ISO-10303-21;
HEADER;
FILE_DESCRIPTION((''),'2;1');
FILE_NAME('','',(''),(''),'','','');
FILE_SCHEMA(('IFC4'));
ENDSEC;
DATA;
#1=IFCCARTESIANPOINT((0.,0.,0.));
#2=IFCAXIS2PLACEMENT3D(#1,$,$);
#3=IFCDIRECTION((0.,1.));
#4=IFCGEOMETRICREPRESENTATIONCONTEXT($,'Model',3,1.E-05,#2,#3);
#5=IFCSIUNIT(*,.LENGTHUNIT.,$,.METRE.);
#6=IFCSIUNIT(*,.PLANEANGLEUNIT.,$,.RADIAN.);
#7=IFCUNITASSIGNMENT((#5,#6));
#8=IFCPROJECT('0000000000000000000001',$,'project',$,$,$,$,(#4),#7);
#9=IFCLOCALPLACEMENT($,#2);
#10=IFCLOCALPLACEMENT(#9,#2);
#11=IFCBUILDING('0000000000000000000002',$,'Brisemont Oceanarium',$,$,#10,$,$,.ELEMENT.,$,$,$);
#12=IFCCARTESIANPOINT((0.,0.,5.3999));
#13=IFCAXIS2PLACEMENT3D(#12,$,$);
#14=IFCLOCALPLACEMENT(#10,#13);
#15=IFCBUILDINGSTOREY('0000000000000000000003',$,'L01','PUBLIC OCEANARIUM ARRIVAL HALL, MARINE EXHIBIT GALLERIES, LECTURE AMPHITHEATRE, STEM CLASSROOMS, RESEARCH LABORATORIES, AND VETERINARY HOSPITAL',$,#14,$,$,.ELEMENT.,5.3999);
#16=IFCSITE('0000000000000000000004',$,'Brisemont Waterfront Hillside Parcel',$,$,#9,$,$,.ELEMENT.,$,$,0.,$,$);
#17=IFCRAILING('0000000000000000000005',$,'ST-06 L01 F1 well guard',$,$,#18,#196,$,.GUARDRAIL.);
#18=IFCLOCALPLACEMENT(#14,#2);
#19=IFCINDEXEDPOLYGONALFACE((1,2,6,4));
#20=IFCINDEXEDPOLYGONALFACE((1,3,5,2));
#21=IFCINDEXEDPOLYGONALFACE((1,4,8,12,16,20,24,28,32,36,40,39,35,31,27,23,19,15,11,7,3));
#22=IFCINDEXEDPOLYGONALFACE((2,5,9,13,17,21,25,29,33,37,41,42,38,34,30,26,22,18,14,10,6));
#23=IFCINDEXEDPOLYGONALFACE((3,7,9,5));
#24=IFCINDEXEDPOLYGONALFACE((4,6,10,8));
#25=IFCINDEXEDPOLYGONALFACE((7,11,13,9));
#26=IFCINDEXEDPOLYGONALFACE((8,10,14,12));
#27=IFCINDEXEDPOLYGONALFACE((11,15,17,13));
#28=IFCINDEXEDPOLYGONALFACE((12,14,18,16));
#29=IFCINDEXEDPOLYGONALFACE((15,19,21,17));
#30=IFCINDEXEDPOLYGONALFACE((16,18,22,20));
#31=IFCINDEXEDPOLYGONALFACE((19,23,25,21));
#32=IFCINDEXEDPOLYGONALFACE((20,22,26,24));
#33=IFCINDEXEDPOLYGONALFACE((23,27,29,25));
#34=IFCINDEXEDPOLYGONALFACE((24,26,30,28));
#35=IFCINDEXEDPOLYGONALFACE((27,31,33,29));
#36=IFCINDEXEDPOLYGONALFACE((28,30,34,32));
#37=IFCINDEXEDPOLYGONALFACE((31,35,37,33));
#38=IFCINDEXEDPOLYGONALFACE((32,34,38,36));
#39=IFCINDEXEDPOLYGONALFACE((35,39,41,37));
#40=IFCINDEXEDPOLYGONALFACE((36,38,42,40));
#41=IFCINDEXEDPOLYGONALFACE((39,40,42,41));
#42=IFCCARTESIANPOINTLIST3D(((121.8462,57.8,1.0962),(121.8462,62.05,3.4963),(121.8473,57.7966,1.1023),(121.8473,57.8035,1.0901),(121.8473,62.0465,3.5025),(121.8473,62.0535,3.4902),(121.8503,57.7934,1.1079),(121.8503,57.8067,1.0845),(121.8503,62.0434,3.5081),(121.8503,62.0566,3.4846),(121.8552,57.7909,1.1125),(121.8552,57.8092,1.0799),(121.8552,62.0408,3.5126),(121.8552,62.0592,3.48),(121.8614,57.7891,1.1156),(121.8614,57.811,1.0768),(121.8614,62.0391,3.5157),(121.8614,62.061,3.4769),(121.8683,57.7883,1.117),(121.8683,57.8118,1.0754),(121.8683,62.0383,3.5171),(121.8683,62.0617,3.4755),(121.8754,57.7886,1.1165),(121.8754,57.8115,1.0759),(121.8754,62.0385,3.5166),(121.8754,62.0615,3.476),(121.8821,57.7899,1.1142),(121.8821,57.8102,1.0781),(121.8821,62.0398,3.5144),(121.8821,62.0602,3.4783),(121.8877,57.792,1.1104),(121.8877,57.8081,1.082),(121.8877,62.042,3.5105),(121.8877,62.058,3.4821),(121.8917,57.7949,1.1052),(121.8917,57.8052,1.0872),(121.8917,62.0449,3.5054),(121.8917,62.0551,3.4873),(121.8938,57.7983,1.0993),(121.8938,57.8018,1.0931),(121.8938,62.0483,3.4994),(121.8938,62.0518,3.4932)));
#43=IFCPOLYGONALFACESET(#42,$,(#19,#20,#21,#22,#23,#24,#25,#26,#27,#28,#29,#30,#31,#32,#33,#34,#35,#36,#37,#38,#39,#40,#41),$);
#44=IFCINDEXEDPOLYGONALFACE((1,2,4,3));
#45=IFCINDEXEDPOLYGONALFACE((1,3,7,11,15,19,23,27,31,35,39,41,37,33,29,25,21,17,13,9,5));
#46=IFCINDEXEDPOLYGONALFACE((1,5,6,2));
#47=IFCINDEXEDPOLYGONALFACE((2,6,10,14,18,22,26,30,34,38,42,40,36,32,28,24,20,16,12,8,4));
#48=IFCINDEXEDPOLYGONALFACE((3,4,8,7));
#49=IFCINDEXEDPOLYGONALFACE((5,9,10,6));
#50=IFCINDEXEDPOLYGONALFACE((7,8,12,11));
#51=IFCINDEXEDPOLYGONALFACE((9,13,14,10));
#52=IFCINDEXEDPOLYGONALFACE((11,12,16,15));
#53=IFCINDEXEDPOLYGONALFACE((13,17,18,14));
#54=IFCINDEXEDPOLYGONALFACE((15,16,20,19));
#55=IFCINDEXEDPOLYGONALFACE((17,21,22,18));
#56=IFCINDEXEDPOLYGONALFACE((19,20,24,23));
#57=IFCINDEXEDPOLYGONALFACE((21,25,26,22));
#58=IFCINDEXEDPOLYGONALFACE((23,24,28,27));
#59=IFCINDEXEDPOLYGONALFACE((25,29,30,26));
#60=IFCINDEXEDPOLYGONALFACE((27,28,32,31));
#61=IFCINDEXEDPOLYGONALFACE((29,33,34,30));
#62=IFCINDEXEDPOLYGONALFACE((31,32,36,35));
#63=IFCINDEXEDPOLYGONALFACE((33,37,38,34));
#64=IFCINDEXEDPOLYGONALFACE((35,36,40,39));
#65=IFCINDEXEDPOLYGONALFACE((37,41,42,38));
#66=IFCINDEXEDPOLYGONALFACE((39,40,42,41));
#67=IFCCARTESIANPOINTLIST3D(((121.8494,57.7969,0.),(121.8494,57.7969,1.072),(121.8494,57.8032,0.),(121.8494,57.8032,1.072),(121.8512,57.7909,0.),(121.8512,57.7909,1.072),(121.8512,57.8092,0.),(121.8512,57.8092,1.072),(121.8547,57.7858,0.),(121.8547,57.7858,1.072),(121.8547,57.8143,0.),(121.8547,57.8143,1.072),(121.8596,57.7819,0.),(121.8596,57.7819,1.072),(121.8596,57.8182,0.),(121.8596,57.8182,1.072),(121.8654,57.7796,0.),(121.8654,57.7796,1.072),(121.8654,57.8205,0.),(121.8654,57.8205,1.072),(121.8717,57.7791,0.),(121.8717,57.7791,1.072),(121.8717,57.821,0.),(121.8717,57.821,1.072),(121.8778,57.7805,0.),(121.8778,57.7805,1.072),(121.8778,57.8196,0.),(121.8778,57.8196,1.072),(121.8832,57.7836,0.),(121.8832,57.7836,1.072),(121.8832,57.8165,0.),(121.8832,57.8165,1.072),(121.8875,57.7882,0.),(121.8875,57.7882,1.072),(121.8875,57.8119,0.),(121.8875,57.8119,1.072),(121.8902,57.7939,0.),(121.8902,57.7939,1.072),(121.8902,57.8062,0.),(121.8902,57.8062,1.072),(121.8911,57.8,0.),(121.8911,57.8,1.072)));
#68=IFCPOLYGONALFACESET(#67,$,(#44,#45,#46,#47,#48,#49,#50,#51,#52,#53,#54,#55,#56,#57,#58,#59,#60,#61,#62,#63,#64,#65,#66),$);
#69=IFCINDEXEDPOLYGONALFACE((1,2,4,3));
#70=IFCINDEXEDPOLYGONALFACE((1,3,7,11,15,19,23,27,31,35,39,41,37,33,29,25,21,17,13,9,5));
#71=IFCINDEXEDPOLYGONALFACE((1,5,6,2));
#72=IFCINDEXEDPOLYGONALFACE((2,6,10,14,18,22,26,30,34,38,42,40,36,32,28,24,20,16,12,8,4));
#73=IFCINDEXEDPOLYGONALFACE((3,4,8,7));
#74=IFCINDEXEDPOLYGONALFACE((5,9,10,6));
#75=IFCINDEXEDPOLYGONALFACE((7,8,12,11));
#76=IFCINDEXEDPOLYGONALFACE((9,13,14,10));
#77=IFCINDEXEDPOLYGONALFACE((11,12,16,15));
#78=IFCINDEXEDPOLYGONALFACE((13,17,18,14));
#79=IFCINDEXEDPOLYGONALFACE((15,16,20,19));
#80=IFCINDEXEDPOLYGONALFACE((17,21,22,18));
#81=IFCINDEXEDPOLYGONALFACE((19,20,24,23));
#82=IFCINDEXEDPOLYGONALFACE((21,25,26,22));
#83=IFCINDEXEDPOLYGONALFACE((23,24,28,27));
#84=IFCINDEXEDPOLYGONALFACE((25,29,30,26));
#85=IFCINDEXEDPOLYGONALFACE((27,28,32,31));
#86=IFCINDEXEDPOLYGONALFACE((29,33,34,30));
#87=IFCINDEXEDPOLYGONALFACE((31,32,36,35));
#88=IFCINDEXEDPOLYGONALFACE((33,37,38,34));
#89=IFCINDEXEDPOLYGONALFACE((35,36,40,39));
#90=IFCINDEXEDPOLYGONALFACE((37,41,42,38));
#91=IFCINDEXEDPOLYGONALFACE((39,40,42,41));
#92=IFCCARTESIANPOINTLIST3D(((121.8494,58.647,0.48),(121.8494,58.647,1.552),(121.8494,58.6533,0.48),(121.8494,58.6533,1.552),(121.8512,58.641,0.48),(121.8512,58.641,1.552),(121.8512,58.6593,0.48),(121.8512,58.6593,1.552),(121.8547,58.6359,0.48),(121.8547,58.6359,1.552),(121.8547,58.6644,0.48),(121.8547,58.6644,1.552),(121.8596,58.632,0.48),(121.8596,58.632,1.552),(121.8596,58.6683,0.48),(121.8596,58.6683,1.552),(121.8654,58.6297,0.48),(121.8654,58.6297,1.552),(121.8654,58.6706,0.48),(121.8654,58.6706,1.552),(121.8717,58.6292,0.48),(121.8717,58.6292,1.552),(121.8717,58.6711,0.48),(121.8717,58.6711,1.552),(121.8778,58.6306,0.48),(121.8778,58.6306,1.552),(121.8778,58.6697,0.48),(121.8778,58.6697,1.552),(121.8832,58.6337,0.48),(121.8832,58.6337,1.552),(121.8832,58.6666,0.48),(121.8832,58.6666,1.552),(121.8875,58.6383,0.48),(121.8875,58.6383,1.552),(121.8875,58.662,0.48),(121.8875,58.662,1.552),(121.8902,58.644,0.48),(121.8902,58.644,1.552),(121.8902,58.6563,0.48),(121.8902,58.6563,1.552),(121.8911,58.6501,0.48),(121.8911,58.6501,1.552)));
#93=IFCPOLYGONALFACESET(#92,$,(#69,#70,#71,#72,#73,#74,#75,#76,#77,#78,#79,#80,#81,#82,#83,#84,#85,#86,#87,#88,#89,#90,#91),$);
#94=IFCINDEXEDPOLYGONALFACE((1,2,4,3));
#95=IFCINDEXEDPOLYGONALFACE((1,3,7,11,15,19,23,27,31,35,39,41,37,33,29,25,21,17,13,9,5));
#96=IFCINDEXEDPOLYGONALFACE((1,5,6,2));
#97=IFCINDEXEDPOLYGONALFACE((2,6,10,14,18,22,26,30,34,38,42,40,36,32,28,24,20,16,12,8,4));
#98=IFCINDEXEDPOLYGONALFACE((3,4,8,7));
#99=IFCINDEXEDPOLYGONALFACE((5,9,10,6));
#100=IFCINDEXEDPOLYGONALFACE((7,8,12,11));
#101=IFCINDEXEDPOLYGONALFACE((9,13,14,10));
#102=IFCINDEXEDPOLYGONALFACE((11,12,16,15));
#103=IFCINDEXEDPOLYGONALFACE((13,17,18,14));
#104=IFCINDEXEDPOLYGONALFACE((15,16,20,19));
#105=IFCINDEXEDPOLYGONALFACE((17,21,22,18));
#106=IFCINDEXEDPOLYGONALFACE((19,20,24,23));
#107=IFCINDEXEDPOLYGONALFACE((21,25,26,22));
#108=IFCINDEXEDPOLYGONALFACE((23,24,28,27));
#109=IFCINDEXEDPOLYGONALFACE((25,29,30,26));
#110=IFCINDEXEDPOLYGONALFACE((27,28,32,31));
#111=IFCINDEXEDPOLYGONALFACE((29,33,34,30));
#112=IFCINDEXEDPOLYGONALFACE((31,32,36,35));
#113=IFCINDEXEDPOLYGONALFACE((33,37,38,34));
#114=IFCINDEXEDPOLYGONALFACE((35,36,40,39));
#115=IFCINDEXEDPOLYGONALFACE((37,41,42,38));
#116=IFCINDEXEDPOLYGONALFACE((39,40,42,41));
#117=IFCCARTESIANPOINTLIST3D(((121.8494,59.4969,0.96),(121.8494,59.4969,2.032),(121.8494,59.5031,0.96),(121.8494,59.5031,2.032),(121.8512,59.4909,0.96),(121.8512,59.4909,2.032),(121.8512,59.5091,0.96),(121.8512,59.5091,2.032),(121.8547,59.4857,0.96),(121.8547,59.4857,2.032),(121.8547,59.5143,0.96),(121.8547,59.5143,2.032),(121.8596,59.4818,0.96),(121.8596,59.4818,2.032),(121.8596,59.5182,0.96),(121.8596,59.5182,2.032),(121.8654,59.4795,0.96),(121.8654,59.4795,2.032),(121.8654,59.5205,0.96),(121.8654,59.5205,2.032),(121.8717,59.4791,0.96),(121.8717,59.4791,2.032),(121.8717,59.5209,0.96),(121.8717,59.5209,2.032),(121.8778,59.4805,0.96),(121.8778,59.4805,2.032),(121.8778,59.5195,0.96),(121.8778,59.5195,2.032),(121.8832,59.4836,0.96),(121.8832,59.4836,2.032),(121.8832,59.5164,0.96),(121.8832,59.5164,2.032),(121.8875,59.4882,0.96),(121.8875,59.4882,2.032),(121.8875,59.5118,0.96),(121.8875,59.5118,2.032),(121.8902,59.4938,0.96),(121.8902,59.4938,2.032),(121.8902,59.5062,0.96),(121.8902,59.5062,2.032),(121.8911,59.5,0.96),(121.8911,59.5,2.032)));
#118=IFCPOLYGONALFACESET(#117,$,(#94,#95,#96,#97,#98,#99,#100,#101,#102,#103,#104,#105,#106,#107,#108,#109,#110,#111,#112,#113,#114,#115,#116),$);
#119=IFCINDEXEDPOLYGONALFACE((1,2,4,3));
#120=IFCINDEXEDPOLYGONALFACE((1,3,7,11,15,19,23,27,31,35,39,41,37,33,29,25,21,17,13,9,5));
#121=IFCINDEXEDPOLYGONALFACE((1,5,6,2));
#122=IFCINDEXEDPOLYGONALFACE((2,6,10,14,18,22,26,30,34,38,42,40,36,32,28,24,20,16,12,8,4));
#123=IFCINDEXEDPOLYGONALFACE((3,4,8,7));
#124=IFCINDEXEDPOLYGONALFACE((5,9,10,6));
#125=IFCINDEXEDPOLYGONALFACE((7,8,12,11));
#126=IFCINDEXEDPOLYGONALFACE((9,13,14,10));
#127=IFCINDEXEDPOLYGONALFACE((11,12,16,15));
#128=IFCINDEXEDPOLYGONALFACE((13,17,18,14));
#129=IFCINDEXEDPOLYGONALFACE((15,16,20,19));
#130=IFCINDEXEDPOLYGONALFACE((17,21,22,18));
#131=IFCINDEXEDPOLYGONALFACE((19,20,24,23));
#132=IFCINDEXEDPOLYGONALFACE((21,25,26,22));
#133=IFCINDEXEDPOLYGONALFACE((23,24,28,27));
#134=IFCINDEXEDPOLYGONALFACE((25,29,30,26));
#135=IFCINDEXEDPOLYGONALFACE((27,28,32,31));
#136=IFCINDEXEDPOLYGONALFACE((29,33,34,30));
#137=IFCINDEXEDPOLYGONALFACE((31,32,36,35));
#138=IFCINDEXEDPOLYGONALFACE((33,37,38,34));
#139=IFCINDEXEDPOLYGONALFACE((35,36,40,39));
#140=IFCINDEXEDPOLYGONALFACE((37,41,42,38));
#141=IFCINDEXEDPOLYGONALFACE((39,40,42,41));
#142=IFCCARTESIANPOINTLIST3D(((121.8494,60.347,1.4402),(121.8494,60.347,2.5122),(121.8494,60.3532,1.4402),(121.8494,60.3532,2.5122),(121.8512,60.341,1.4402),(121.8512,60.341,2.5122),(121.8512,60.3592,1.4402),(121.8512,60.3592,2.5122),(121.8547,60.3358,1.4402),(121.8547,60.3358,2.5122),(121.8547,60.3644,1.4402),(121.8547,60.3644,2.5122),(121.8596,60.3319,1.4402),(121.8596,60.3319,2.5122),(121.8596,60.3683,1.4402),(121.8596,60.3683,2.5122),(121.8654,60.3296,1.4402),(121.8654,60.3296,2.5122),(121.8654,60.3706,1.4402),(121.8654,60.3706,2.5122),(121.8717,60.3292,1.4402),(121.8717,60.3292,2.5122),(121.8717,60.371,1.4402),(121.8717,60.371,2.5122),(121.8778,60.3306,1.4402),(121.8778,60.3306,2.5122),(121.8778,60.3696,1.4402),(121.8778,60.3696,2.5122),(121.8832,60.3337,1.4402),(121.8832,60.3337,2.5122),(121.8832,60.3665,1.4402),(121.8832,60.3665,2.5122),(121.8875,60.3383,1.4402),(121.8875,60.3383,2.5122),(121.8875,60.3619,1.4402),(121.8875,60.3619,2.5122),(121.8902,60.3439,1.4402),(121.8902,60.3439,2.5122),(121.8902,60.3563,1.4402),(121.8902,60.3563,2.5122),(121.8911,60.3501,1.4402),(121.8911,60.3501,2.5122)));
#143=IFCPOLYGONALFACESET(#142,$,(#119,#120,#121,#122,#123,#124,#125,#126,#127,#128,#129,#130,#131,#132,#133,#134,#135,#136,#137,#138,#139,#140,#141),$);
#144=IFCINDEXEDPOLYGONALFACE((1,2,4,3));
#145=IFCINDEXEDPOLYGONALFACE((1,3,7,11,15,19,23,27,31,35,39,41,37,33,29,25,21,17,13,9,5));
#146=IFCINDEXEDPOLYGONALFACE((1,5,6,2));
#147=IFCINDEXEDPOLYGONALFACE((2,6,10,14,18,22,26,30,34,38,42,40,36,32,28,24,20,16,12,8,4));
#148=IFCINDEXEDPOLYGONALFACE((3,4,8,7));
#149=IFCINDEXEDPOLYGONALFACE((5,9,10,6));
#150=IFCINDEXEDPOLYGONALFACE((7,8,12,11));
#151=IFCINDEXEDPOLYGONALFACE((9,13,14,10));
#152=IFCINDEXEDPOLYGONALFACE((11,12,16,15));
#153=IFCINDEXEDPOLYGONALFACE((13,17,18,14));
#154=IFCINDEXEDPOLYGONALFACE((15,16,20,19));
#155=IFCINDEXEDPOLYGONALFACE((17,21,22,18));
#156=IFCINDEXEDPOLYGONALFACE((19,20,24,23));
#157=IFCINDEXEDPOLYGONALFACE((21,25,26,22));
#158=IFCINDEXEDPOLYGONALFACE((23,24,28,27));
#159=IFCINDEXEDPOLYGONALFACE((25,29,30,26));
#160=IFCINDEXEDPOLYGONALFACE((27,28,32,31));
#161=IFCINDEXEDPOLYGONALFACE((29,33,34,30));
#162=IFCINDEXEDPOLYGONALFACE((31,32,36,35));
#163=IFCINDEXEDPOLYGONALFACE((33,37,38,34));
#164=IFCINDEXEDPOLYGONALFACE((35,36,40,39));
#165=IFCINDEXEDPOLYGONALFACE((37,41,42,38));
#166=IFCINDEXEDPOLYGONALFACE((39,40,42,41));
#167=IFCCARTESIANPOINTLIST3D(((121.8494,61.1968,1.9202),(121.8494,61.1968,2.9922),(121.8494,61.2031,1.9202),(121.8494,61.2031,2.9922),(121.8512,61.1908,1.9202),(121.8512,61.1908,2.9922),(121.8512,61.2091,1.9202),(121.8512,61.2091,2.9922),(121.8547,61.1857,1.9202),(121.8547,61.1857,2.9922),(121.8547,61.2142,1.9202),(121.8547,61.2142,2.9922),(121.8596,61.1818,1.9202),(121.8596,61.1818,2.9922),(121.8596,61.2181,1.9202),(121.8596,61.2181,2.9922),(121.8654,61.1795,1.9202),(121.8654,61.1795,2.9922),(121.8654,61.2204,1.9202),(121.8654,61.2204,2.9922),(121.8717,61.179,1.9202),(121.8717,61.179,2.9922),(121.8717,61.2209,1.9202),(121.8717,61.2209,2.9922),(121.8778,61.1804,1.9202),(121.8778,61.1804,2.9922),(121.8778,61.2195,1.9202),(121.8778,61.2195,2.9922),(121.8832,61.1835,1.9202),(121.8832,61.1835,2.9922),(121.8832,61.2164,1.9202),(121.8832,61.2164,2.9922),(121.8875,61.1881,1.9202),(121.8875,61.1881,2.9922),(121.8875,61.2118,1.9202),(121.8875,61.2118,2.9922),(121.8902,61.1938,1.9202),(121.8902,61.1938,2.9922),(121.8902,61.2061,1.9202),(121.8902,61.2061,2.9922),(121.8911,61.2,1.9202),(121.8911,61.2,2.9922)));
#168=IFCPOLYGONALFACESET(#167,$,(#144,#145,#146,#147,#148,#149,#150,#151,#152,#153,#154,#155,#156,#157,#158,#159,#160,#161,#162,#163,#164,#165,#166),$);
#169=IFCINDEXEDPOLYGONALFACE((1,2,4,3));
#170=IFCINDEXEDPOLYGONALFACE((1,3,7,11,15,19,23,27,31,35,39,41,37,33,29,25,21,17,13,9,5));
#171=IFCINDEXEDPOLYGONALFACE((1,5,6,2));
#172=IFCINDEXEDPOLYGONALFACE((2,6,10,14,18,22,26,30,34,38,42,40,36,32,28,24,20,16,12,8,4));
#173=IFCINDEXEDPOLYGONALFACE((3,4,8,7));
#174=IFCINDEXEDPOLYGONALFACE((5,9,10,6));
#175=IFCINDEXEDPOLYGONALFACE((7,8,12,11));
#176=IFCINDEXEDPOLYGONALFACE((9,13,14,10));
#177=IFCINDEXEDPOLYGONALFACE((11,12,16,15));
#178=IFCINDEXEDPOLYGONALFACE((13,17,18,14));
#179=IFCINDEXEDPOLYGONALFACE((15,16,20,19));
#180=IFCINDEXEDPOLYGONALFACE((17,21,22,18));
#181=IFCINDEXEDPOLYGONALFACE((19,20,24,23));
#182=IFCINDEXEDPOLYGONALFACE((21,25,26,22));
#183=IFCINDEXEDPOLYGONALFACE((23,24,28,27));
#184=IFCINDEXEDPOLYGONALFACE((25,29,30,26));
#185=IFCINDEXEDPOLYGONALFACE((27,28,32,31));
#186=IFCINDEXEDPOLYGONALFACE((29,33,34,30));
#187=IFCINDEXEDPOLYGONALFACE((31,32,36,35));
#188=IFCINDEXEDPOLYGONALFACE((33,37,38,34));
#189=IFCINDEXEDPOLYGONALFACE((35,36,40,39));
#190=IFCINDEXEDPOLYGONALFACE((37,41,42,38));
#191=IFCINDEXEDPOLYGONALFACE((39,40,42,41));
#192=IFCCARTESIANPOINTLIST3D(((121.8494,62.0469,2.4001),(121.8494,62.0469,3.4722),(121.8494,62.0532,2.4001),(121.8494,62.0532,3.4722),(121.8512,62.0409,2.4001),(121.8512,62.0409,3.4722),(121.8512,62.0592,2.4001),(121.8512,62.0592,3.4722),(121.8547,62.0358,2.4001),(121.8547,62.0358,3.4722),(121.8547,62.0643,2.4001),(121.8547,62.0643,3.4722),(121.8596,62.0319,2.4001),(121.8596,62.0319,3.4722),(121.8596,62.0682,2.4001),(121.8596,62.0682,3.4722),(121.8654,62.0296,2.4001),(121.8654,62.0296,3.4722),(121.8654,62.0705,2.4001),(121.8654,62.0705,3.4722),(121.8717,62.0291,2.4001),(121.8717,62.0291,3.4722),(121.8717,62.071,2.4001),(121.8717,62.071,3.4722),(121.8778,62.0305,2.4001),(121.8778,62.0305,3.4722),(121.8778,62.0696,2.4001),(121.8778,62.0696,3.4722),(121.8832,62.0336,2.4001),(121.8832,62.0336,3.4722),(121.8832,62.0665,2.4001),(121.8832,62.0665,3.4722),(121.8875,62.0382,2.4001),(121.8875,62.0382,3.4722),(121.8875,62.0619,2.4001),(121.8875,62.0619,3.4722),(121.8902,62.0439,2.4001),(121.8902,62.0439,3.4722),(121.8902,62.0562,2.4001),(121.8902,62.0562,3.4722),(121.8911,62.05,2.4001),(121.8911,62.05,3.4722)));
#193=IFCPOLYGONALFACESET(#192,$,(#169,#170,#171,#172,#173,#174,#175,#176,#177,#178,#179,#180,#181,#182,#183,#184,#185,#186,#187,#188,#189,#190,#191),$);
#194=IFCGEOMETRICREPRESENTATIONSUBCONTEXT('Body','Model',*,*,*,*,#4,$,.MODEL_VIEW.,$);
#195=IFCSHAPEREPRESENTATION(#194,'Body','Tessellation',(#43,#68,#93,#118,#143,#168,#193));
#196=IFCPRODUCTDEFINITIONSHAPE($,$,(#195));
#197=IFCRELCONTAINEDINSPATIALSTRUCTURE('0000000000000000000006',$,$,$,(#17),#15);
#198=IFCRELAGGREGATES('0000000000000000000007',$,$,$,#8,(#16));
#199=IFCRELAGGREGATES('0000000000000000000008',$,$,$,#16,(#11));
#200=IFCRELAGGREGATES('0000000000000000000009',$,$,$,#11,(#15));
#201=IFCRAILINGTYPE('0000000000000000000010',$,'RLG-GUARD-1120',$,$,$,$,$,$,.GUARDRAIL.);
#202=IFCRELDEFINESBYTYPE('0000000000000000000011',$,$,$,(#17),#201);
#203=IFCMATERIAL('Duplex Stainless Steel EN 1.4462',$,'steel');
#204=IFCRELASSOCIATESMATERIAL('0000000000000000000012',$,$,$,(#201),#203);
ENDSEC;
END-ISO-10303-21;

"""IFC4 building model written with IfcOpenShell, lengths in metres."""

from ifc_helpers import new_model, si_unit, direction, frame, origin, origin_2d, place, context, subcontext, project, spatial, circle, extrude, material, type_object, element, save


model = new_model("IFC4")

# Units and contexts
model_context = context("Model", 3, precision=1e-05, world=origin(), true_north=direction((0.0, 1.0)))
body_context = subcontext(model_context, "Body", "Model", "MODEL_VIEW")
ifc_project = project(units=[si_unit("LENGTHUNIT", "METRE"), si_unit("PLANEANGLEUNIT", "RADIAN")], contexts=[model_context])

# Site, building, storey
site_placement = place(None, origin())
site = spatial("IfcSite", under=ifc_project, at=site_placement, Name="Brisemont Waterfront Hillside Parcel", CompositionType="ELEMENT", RefElevation=0.0)
building_placement = place(site_placement, origin())
building = spatial("IfcBuilding", under=site, at=building_placement, Name="Brisemont Oceanarium", CompositionType="ELEMENT")
storey_placement = place(building_placement, frame((0.0, 0.0, 5.3999)))
storey = spatial("IfcBuildingStorey", under=building, at=storey_placement, Name="L01", Description="PUBLIC OCEANARIUM ARRIVAL HALL, MARINE EXHIBIT GALLERIES, LECTURE AMPHITHEATRE, STEM CLASSROOMS, RESEARCH LABORATORIES, AND VETERINARY HOSPITAL", CompositionType="ELEMENT", Elevation=5.3999)

# Railing
ifc_material_1 = material(Name="Duplex Stainless Steel EN 1.4462", Category="steel")
railing_type_1 = type_object("IfcRailingType", Name="RLG-GUARD-1120", PredefinedType="GUARDRAIL", material=ifc_material_1)
railing_1_placement = place(storey_placement, frame((121.8701, 57.8, 0.0)))
element("IfcRailing", 1, at=railing_1_placement, inside=storey, type_object=railing_type_1, Name="ST-06 L01 F1 well guard", PredefinedType="GUARDRAIL", context=body_context, shape_type="SweptSolid", body=[
    extrude(circle(Radius=0.0239, at=origin_2d()), frame((0.0, 0.0, 1.0962), z_axis=(0.0, 0.870741, 0.491742), x_axis=(-1.0, 0.0, 0.0)), (0.0, 0.0, 1.0), 4.8809),
    extrude(circle(Radius=0.021, at=origin_2d()), origin(), (0.0, 0.0, 1.0), 1.072),
    extrude(circle(Radius=0.021, at=origin_2d()), frame((0.0, 0.8501, 0.48)), (0.0, 0.0, 1.0), 1.072),
    extrude(circle(Radius=0.021, at=origin_2d()), frame((0.0, 1.7, 0.96)), (0.0, 0.0, 1.0), 1.072),
    extrude(circle(Radius=0.021, at=origin_2d()), frame((0.0, 2.55, 1.4402)), (0.0, 0.0, 1.0), 1.072),
    extrude(circle(Radius=0.021, at=origin_2d()), frame((0.0, 3.3999, 1.9202)), (0.0, 0.0, 1.0), 1.072),
    extrude(circle(Radius=0.021, at=origin_2d()), frame((0.0, 4.25, 2.4001)), (0.0, 0.0, 1.0), 1.072),
])

save(model, "model.ifc")
